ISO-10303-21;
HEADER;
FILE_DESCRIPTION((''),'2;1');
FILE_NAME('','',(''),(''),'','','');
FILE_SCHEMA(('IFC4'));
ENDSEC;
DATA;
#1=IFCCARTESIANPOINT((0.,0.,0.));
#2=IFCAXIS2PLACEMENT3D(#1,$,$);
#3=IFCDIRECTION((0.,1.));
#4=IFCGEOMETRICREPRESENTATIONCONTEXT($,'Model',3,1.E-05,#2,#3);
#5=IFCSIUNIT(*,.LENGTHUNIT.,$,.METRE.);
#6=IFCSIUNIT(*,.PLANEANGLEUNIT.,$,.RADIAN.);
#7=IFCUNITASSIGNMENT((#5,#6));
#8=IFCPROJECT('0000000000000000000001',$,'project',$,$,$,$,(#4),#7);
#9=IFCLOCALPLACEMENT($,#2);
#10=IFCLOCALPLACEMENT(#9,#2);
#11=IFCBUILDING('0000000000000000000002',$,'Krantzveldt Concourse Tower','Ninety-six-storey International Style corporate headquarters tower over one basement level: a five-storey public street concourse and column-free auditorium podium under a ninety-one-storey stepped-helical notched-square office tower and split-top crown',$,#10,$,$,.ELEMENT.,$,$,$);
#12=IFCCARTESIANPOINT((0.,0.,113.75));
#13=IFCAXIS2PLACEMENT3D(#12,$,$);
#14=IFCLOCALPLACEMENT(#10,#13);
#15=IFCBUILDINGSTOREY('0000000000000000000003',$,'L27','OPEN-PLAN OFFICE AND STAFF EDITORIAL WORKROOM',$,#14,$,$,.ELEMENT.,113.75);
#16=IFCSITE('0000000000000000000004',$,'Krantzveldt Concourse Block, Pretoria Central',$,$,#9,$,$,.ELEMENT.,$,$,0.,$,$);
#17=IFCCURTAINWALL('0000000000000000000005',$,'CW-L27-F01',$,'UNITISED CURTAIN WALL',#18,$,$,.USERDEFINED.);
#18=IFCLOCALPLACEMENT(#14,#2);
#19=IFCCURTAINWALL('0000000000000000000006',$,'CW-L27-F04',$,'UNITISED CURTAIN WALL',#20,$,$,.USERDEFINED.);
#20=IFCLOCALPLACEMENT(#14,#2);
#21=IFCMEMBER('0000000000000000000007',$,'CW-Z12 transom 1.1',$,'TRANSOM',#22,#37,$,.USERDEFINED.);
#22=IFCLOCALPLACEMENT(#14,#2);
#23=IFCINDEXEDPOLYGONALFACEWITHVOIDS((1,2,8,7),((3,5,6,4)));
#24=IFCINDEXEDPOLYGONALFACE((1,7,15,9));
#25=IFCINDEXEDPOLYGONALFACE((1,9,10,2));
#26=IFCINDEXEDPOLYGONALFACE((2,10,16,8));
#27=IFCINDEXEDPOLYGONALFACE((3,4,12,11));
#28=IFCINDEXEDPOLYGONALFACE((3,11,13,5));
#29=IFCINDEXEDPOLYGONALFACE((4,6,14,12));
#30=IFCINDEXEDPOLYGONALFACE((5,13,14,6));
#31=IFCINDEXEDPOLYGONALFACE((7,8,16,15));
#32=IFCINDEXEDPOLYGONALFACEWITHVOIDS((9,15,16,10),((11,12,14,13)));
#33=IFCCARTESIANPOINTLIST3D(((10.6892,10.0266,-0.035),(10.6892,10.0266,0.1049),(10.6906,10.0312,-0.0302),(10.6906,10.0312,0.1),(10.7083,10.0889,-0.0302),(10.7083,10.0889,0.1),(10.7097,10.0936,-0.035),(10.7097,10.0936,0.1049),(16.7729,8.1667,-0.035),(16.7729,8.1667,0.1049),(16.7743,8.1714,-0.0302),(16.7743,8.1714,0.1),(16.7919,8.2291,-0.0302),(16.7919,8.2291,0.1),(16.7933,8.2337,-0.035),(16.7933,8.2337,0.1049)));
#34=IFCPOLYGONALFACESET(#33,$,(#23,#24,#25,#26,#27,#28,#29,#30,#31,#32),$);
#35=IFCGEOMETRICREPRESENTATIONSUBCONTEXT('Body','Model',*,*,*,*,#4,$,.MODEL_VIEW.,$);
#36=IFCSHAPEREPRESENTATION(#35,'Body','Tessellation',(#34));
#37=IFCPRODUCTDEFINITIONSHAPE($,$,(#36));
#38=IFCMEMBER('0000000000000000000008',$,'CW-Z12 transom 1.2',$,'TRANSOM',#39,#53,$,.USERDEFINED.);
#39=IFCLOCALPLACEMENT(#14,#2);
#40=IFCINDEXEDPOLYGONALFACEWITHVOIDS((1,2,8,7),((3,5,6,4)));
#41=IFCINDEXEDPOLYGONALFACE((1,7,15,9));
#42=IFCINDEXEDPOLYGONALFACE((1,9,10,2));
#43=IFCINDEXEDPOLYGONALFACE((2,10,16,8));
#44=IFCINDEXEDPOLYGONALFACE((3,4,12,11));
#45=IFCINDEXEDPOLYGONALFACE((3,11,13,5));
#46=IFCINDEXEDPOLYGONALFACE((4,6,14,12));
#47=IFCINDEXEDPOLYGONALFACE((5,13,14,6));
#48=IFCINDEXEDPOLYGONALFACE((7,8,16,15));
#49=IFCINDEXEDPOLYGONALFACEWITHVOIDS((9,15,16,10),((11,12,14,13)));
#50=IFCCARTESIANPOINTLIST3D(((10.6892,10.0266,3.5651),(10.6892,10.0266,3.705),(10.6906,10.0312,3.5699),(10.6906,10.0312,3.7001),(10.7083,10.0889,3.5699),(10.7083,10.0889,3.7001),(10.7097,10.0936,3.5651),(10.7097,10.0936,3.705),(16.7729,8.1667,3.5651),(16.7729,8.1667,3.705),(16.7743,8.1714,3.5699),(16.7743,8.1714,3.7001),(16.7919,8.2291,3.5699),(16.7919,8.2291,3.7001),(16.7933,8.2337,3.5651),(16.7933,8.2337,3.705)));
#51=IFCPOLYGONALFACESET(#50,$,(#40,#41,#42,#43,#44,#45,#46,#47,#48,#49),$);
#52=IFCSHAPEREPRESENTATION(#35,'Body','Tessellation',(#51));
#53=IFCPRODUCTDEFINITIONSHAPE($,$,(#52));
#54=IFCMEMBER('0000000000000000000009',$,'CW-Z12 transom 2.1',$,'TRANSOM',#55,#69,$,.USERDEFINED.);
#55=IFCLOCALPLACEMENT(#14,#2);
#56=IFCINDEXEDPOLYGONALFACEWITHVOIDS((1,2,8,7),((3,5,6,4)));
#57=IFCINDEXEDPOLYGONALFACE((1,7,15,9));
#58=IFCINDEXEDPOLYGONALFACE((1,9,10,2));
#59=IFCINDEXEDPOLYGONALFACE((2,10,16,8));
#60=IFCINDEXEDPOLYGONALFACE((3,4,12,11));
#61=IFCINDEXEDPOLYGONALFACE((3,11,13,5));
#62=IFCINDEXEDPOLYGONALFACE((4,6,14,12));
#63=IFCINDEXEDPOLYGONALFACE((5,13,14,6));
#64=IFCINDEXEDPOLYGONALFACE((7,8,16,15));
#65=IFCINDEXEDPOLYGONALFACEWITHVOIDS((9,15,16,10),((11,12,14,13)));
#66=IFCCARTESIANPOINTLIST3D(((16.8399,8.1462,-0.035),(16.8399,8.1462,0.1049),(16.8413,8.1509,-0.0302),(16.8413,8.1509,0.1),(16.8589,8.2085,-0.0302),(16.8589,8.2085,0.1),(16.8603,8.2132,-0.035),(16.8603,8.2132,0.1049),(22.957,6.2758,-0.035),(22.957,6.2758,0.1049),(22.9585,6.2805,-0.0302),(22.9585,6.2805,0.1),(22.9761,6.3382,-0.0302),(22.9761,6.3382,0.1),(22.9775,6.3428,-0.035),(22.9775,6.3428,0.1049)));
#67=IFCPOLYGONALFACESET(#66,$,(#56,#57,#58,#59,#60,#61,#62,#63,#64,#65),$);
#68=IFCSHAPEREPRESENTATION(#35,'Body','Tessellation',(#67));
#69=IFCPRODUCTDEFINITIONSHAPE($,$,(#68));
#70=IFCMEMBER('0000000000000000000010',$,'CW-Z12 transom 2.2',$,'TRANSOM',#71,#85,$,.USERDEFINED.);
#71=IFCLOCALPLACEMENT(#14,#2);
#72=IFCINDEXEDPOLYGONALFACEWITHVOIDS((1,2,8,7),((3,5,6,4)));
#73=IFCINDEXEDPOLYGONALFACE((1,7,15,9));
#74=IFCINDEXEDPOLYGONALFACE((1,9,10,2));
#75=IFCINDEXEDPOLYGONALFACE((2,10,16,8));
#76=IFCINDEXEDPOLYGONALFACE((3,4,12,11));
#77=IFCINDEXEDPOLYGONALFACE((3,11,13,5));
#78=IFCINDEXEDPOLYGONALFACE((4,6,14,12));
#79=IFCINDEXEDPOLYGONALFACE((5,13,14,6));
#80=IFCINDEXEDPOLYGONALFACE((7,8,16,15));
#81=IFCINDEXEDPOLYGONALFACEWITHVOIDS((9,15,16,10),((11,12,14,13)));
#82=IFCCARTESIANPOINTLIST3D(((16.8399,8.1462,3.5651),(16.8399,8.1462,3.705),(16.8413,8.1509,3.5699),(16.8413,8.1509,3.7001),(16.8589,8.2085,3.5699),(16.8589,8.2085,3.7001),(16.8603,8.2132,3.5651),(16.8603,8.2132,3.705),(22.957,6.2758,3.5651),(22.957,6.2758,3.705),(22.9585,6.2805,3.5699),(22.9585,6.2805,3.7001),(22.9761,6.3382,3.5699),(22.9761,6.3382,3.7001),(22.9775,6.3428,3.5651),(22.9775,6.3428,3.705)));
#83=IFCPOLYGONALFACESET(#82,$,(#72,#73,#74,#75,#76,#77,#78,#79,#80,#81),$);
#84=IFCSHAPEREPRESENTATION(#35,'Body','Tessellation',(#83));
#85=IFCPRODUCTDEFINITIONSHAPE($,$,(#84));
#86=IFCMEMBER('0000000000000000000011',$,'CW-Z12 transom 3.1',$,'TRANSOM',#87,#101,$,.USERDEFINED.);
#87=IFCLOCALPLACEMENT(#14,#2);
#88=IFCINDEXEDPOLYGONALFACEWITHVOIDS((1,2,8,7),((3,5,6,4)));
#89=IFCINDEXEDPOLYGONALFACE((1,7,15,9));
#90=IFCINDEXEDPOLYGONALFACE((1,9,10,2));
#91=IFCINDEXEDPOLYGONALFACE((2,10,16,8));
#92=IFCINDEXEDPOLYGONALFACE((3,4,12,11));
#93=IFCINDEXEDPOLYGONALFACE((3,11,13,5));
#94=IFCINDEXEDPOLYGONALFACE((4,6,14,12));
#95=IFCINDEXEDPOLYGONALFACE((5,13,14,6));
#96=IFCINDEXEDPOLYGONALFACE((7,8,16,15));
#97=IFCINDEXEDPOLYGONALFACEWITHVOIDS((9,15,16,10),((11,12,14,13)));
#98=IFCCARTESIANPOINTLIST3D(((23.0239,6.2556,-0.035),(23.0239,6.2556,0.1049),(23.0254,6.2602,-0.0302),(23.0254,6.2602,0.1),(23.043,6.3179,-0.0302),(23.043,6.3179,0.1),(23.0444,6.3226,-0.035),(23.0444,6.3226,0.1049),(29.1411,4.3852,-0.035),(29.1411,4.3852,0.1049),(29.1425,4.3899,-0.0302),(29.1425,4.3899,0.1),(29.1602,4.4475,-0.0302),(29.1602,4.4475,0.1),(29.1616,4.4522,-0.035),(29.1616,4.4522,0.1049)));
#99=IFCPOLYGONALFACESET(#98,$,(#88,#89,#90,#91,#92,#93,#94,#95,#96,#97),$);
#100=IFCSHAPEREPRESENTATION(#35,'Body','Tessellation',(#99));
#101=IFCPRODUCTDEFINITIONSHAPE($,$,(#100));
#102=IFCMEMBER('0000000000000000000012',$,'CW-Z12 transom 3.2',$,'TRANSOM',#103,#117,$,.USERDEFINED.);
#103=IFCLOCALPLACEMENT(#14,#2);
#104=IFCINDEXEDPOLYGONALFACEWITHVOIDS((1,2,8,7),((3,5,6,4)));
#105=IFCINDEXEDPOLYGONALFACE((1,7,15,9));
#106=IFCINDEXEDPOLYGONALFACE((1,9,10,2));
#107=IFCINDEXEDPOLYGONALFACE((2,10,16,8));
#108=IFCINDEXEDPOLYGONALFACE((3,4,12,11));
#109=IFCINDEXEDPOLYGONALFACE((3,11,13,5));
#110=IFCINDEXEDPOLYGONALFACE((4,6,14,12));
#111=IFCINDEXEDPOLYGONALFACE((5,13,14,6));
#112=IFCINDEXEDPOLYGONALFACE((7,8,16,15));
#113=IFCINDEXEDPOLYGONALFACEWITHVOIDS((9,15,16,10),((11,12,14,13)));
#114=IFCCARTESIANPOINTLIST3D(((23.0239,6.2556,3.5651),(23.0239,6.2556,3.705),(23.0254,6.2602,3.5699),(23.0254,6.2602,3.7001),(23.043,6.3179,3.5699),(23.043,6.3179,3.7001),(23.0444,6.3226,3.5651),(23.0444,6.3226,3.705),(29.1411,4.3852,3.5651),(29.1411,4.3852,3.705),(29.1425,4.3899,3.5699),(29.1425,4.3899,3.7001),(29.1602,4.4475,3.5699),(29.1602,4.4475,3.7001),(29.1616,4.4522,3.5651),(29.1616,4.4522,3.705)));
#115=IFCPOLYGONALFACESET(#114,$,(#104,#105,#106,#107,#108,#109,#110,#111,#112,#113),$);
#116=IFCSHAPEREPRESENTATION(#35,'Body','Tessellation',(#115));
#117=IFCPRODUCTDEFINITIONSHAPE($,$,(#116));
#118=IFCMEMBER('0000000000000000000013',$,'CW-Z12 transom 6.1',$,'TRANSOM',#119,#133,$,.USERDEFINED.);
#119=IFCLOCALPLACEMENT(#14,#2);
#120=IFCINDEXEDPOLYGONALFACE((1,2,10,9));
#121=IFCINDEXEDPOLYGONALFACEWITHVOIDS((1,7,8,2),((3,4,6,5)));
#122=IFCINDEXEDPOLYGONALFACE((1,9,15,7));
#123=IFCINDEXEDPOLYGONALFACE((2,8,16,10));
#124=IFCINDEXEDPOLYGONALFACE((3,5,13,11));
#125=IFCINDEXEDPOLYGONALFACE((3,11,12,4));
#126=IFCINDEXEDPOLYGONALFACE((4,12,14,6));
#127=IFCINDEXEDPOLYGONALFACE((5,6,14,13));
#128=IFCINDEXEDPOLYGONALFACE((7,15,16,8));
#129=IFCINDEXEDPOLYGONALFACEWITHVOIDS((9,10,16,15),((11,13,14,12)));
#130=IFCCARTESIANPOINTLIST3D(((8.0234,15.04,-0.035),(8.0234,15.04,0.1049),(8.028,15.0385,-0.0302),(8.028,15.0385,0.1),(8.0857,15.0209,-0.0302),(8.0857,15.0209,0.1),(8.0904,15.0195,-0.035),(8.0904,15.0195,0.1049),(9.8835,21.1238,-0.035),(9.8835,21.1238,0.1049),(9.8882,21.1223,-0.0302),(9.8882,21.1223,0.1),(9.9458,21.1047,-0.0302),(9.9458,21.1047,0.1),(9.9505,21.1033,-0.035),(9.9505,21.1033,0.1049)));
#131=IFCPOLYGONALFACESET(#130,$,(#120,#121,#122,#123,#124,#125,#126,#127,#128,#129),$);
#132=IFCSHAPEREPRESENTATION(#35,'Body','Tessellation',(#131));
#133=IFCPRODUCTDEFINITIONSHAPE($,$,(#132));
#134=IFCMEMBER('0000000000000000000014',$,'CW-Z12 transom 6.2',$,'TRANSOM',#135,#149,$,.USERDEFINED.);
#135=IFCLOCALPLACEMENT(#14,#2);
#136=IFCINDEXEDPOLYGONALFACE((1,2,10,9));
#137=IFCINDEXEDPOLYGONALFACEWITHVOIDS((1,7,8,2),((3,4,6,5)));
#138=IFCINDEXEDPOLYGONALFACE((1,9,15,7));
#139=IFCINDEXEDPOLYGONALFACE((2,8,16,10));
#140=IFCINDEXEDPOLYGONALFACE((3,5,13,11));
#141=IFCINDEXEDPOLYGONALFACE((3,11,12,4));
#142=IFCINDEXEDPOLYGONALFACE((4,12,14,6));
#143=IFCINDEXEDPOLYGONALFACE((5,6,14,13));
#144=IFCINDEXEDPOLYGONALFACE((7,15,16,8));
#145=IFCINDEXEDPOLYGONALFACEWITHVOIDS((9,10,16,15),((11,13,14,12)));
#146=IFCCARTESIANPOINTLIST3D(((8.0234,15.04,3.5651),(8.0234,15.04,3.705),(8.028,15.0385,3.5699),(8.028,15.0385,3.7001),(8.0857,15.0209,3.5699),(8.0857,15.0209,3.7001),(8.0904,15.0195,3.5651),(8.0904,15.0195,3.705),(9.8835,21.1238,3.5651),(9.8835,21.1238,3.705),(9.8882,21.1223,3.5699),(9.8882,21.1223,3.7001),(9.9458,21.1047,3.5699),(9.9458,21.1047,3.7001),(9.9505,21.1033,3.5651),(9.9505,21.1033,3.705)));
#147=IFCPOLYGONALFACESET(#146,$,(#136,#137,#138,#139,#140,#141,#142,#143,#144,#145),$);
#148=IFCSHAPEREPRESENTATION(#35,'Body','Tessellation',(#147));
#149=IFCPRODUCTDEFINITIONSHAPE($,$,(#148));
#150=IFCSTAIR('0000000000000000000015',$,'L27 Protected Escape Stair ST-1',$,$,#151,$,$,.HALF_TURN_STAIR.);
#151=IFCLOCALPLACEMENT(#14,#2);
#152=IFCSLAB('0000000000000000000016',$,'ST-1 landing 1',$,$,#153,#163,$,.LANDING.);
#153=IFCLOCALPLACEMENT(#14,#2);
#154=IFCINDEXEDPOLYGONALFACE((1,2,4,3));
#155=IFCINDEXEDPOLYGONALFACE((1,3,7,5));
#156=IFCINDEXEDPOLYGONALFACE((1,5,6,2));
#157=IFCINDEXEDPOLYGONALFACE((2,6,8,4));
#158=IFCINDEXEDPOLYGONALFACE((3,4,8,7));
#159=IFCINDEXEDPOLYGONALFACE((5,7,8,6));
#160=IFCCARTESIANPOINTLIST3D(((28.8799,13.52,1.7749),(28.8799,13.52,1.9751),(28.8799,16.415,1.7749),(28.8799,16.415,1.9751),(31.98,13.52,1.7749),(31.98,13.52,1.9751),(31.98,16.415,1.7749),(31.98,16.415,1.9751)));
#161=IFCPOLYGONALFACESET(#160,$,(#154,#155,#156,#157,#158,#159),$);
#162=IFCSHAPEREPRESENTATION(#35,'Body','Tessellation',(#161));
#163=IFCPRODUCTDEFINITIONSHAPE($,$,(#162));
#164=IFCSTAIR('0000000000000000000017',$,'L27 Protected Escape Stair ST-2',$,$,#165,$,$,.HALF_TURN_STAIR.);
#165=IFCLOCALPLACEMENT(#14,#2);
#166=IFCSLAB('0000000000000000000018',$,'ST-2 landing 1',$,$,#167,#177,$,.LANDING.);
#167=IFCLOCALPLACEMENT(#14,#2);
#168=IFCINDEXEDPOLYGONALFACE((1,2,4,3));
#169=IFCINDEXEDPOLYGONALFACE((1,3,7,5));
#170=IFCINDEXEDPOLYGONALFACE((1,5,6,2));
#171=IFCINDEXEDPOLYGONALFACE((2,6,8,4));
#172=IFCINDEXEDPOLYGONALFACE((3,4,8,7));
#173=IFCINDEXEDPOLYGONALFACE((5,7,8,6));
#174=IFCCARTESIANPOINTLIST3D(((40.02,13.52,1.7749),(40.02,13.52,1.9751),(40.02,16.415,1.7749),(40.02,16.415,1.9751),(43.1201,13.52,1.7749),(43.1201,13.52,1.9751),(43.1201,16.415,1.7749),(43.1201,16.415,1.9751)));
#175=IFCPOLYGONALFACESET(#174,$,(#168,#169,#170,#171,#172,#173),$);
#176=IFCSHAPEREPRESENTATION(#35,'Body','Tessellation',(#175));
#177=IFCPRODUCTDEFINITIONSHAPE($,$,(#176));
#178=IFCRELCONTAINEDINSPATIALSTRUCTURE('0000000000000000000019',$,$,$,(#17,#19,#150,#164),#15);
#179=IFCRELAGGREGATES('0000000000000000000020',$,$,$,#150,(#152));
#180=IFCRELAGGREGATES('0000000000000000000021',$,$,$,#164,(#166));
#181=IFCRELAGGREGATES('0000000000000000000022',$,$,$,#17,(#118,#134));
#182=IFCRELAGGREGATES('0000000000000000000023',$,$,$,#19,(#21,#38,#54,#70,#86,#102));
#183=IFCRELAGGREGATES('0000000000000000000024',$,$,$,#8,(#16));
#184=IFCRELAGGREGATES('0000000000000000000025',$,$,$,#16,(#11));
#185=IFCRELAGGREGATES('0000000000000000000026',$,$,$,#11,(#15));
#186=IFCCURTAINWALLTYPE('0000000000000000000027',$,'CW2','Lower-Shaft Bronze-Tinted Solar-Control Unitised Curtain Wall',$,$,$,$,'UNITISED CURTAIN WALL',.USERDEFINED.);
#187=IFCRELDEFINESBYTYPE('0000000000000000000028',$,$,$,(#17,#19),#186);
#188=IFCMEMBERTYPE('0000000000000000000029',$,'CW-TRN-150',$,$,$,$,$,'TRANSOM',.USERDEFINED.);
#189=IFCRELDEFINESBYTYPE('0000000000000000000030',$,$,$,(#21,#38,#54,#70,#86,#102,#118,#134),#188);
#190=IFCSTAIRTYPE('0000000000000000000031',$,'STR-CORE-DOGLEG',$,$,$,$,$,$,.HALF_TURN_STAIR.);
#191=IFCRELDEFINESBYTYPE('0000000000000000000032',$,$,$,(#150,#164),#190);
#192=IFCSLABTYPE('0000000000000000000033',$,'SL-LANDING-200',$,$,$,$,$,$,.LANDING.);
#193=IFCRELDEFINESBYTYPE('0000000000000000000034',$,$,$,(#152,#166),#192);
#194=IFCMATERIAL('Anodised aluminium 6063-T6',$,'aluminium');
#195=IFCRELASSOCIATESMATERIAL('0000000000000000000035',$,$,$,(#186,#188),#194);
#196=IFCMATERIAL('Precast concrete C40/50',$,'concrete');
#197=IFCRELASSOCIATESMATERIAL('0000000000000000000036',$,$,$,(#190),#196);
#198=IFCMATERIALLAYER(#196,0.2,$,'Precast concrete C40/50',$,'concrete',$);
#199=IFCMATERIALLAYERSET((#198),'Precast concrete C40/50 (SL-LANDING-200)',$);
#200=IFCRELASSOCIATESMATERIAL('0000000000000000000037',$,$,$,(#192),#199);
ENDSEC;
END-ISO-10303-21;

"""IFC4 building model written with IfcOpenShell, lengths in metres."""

from ifc_helpers import new_model, si_unit, direction, frame, origin, origin_2d, place, context, subcontext, project, spatial, polyline, hollow_rectangle, outline, extrude, source, transform, mapped, material, layer, layer_set, material_profile, profile_set, type_object, type_shapes, element, aggregate, save


model = new_model("IFC4")

# Units and contexts
model_context = context("Model", 3, precision=1e-05, world=origin(), true_north=direction((0.0, 1.0)))
body_context = subcontext(model_context, "Body", "Model", "MODEL_VIEW")
ifc_project = project(units=[si_unit("LENGTHUNIT", "METRE"), si_unit("PLANEANGLEUNIT", "RADIAN")], contexts=[model_context])

# Site, building, storey
site_placement = place(None, origin())
site = spatial("IfcSite", under=ifc_project, at=site_placement, Name="Krantzveldt Concourse Block, Pretoria Central", CompositionType="ELEMENT", RefElevation=0.0)
building_placement = place(site_placement, origin())
building = spatial("IfcBuilding", under=site, at=building_placement, Name="Krantzveldt Concourse Tower", Description="Ninety-six-storey International Style corporate headquarters tower over one basement level: a five-storey public street concourse and column-free auditorium podium under a ninety-one-storey stepped-helical notched-square office tower and split-top crown", CompositionType="ELEMENT")
storey_placement = place(building_placement, frame((0.0, 0.0, 113.75)))
storey = spatial("IfcBuildingStorey", under=building, at=storey_placement, Name="L27", Description="OPEN-PLAN OFFICE AND STAFF EDITORIAL WORKROOM", CompositionType="ELEMENT", Elevation=113.75)

# Curtain walls, members
ifc_material_1 = material(Name="Anodised aluminium 6063-T6", Category="aluminium")
curtain_wall_type = type_object("IfcCurtainWallType", Name="CW2", Description="Lower-Shaft Bronze-Tinted Solar-Control Unitised Curtain Wall", ElementType="UNITISED CURTAIN WALL", PredefinedType="USERDEFINED", material=ifc_material_1)
curtain_wall_1_placement = place(storey_placement, origin())
curtain_wall_1 = element("IfcCurtainWall", 1, at=curtain_wall_1_placement, inside=storey, type_object=curtain_wall_type, Name="CW-L27-F01", ObjectType="UNITISED CURTAIN WALL", PredefinedType="USERDEFINED")
curtain_wall_2_placement = place(storey_placement, origin())
curtain_wall_2 = element("IfcCurtainWall", 2, at=curtain_wall_2_placement, inside=storey, type_object=curtain_wall_type, Name="CW-L27-F04", ObjectType="UNITISED CURTAIN WALL", PredefinedType="USERDEFINED")
ifc_material_profile_1 = material_profile(ifc_material_1, hollow_rectangle(XDim=0.0701, YDim=0.1399, WallThickness=0.0049, at=origin_2d()), Name="Anodised aluminium 6063-T6", Category="aluminium")
ifc_profile_set_1 = profile_set([ifc_material_profile_1], Name="Anodised aluminium 6063-T6 - ALU-TRAN 140x70x5")
member_type_1 = type_object("IfcMemberType", Name="CW-TRN-150", ElementType="TRANSOM", PredefinedType="USERDEFINED", material=ifc_profile_set_1)
shared_shape_1 = source(origin(), body_context, "Body", "SweptSolid", [
    extrude(hollow_rectangle(XDim=0.0701, YDim=0.1399, WallThickness=0.0049, at=origin_2d()), origin(), (0.0, 0.0, 1.0), 6.3616),
])
member_1_placement = place(storey_placement, frame((10.6995, 10.0601, 0.0349), z_axis=(0.95631, -0.292354, 0.0), x_axis=(0.292354, 0.95631, 0.0)))
member_1 = element("IfcMember", 3, at=member_1_placement, type_object=member_type_1, Name="CW-Z12 transom 1.1", ObjectType="TRANSOM", PredefinedType="USERDEFINED", context=body_context, shape_type="MappedRepresentation", body=[
    mapped(shared_shape_1, transform((0.0, 0.0, 0.0), x_axis=(1.0, 0.0, 0.0), y_axis=(0.0, 1.0, 0.0), z_axis=(0.0, 0.0, 1.0), scale=1.0)),
])
member_2_placement = place(storey_placement, frame((10.6995, 10.0601, 3.635), z_axis=(0.95631, -0.292354, 0.0), x_axis=(0.292354, 0.95631, 0.0)))
member_2 = element("IfcMember", 4, at=member_2_placement, type_object=member_type_1, Name="CW-Z12 transom 1.2", ObjectType="TRANSOM", PredefinedType="USERDEFINED", context=body_context, shape_type="MappedRepresentation", body=[
    mapped(shared_shape_1, transform((0.0, 0.0, 0.0), x_axis=(1.0, 0.0, 0.0), y_axis=(0.0, 1.0, 0.0), z_axis=(0.0, 0.0, 1.0), scale=1.0)),
])
shared_shape_2 = source(origin(), body_context, "Body", "SweptSolid", [
    extrude(hollow_rectangle(XDim=0.0701, YDim=0.1399, WallThickness=0.0049, at=origin_2d()), origin(), (0.0, 0.0, 1.0), 6.3967),
])
member_3_placement = place(storey_placement, frame((16.8501, 8.1797, 0.0349), z_axis=(0.956298, -0.292393, 0.0), x_axis=(0.292393, 0.956298, 0.0)))
member_3 = element("IfcMember", 5, at=member_3_placement, type_object=member_type_1, Name="CW-Z12 transom 2.1", ObjectType="TRANSOM", PredefinedType="USERDEFINED", context=body_context, shape_type="MappedRepresentation", body=[
    mapped(shared_shape_2, transform((0.0, 0.0, 0.0), x_axis=(1.0, 0.0, 0.0), y_axis=(0.0, 1.0, 0.0), z_axis=(0.0, 0.0, 1.0), scale=1.0)),
])
member_4_placement = place(storey_placement, frame((16.8501, 8.1797, 3.635), z_axis=(0.956298, -0.292393, 0.0), x_axis=(0.292393, 0.956298, 0.0)))
member_4 = element("IfcMember", 6, at=member_4_placement, type_object=member_type_1, Name="CW-Z12 transom 2.2", ObjectType="TRANSOM", PredefinedType="USERDEFINED", context=body_context, shape_type="MappedRepresentation", body=[
    mapped(shared_shape_2, transform((0.0, 0.0, 0.0), x_axis=(1.0, 0.0, 0.0), y_axis=(0.0, 1.0, 0.0), z_axis=(0.0, 0.0, 1.0), scale=1.0)),
])
member_5_placement = place(storey_placement, frame((23.0342, 6.2891, 0.0349), z_axis=(0.956298, -0.292393, 0.0), x_axis=(0.292393, 0.956298, 0.0)))
member_5 = element("IfcMember", 7, at=member_5_placement, type_object=member_type_1, Name="CW-Z12 transom 3.1", ObjectType="TRANSOM", PredefinedType="USERDEFINED", context=body_context, shape_type="MappedRepresentation", body=[
    mapped(shared_shape_2, transform((0.0, 0.0, 0.0), x_axis=(1.0, 0.0, 0.0), y_axis=(0.0, 1.0, 0.0), z_axis=(0.0, 0.0, 1.0), scale=1.0)),
])
member_6_placement = place(storey_placement, frame((23.0342, 6.2891, 3.635), z_axis=(0.956298, -0.292393, 0.0), x_axis=(0.292393, 0.956298, 0.0)))
member_6 = element("IfcMember", 8, at=member_6_placement, type_object=member_type_1, Name="CW-Z12 transom 3.2", ObjectType="TRANSOM", PredefinedType="USERDEFINED", context=body_context, shape_type="MappedRepresentation", body=[
    mapped(shared_shape_2, transform((0.0, 0.0, 0.0), x_axis=(1.0, 0.0, 0.0), y_axis=(0.0, 1.0, 0.0), z_axis=(0.0, 0.0, 1.0), scale=1.0)),
])

# Members
shared_shape_3 = source(origin(), body_context, "Body", "SweptSolid", [
    extrude(hollow_rectangle(XDim=0.0701, YDim=0.1399, WallThickness=0.0049, at=origin_2d()), origin(), (0.0, 0.0, 1.0), 6.3618),
])
type_shapes(member_type_1, [shared_shape_1, shared_shape_2, shared_shape_3])
member_7_placement = place(storey_placement, frame((9.917, 21.1135, 0.0349), z_axis=(-0.292389, -0.956299, 0.0), x_axis=(0.956299, -0.292389, 0.0)))
member_7 = element("IfcMember", 9, at=member_7_placement, type_object=member_type_1, Name="CW-Z12 transom 6.1", ObjectType="TRANSOM", PredefinedType="USERDEFINED", context=body_context, shape_type="MappedRepresentation", body=[
    mapped(shared_shape_3, transform((0.0, 0.0, 0.0), x_axis=(1.0, 0.0, 0.0), y_axis=(0.0, 1.0, 0.0), z_axis=(0.0, 0.0, 1.0), scale=1.0)),
])
member_8_placement = place(storey_placement, frame((9.917, 21.1135, 3.635), z_axis=(-0.292389, -0.956299, 0.0), x_axis=(0.956299, -0.292389, 0.0)))
member_8 = element("IfcMember", 10, at=member_8_placement, type_object=member_type_1, Name="CW-Z12 transom 6.2", ObjectType="TRANSOM", PredefinedType="USERDEFINED", context=body_context, shape_type="MappedRepresentation", body=[
    mapped(shared_shape_3, transform((0.0, 0.0, 0.0), x_axis=(1.0, 0.0, 0.0), y_axis=(0.0, 1.0, 0.0), z_axis=(0.0, 0.0, 1.0), scale=1.0)),
])

# Stairs, slabs
ifc_material_2 = material(Name="Precast concrete C40/50", Category="concrete")
stair_type = type_object("IfcStairType", Name="STR-CORE-DOGLEG", PredefinedType="HALF_TURN_STAIR", material=ifc_material_2)
stair_1_placement = place(storey_placement, origin())
stair_1 = element("IfcStair", 11, at=stair_1_placement, inside=storey, type_object=stair_type, Name="L27 Protected Escape Stair ST-1", PredefinedType="HALF_TURN_STAIR")
ifc_layer_1 = layer(ifc_material_2, 0.2, Name="Precast concrete C40/50", Category="concrete")
ifc_layer_set_1 = layer_set([ifc_layer_1], Name="Precast concrete C40/50 (SL-LANDING-200)")
slab_type_1 = type_object("IfcSlabType", Name="SL-LANDING-200", PredefinedType="LANDING", material=ifc_layer_set_1)
slab_1_placement = place(storey_placement, frame((0.0, 0.0, 1.7749)))
slab_1 = element("IfcSlab", 12, at=slab_1_placement, type_object=slab_type_1, Name="ST-1 landing 1", PredefinedType="LANDING", context=body_context, shape_type="SweptSolid", body=[
    extrude(outline(polyline([(28.8799, 16.415), (28.8799, 13.52), (31.98, 13.52), (31.98, 16.415), (28.8799, 16.415)])), origin(), (0.0, 0.0, 1.0), 0.2002),
])
aggregate(stair_1, [slab_1])
stair_2_placement = place(storey_placement, origin())
stair_2 = element("IfcStair", 13, at=stair_2_placement, inside=storey, type_object=stair_type, Name="L27 Protected Escape Stair ST-2", PredefinedType="HALF_TURN_STAIR")
slab_2_placement = place(storey_placement, frame((0.0, 0.0, 1.7749)))
slab_2 = element("IfcSlab", 14, at=slab_2_placement, type_object=slab_type_1, Name="ST-2 landing 1", PredefinedType="LANDING", context=body_context, shape_type="SweptSolid", body=[
    extrude(outline(polyline([(40.02, 16.415), (40.02, 13.52), (43.1201, 13.52), (43.1201, 16.415), (40.02, 16.415)])), origin(), (0.0, 0.0, 1.0), 0.2002),
])
aggregate(stair_2, [slab_2])

aggregate(curtain_wall_1, [member_7, member_8])
aggregate(curtain_wall_2, [member_1, member_2, member_3, member_4, member_5, member_6])

save(model, "model.ifc")
